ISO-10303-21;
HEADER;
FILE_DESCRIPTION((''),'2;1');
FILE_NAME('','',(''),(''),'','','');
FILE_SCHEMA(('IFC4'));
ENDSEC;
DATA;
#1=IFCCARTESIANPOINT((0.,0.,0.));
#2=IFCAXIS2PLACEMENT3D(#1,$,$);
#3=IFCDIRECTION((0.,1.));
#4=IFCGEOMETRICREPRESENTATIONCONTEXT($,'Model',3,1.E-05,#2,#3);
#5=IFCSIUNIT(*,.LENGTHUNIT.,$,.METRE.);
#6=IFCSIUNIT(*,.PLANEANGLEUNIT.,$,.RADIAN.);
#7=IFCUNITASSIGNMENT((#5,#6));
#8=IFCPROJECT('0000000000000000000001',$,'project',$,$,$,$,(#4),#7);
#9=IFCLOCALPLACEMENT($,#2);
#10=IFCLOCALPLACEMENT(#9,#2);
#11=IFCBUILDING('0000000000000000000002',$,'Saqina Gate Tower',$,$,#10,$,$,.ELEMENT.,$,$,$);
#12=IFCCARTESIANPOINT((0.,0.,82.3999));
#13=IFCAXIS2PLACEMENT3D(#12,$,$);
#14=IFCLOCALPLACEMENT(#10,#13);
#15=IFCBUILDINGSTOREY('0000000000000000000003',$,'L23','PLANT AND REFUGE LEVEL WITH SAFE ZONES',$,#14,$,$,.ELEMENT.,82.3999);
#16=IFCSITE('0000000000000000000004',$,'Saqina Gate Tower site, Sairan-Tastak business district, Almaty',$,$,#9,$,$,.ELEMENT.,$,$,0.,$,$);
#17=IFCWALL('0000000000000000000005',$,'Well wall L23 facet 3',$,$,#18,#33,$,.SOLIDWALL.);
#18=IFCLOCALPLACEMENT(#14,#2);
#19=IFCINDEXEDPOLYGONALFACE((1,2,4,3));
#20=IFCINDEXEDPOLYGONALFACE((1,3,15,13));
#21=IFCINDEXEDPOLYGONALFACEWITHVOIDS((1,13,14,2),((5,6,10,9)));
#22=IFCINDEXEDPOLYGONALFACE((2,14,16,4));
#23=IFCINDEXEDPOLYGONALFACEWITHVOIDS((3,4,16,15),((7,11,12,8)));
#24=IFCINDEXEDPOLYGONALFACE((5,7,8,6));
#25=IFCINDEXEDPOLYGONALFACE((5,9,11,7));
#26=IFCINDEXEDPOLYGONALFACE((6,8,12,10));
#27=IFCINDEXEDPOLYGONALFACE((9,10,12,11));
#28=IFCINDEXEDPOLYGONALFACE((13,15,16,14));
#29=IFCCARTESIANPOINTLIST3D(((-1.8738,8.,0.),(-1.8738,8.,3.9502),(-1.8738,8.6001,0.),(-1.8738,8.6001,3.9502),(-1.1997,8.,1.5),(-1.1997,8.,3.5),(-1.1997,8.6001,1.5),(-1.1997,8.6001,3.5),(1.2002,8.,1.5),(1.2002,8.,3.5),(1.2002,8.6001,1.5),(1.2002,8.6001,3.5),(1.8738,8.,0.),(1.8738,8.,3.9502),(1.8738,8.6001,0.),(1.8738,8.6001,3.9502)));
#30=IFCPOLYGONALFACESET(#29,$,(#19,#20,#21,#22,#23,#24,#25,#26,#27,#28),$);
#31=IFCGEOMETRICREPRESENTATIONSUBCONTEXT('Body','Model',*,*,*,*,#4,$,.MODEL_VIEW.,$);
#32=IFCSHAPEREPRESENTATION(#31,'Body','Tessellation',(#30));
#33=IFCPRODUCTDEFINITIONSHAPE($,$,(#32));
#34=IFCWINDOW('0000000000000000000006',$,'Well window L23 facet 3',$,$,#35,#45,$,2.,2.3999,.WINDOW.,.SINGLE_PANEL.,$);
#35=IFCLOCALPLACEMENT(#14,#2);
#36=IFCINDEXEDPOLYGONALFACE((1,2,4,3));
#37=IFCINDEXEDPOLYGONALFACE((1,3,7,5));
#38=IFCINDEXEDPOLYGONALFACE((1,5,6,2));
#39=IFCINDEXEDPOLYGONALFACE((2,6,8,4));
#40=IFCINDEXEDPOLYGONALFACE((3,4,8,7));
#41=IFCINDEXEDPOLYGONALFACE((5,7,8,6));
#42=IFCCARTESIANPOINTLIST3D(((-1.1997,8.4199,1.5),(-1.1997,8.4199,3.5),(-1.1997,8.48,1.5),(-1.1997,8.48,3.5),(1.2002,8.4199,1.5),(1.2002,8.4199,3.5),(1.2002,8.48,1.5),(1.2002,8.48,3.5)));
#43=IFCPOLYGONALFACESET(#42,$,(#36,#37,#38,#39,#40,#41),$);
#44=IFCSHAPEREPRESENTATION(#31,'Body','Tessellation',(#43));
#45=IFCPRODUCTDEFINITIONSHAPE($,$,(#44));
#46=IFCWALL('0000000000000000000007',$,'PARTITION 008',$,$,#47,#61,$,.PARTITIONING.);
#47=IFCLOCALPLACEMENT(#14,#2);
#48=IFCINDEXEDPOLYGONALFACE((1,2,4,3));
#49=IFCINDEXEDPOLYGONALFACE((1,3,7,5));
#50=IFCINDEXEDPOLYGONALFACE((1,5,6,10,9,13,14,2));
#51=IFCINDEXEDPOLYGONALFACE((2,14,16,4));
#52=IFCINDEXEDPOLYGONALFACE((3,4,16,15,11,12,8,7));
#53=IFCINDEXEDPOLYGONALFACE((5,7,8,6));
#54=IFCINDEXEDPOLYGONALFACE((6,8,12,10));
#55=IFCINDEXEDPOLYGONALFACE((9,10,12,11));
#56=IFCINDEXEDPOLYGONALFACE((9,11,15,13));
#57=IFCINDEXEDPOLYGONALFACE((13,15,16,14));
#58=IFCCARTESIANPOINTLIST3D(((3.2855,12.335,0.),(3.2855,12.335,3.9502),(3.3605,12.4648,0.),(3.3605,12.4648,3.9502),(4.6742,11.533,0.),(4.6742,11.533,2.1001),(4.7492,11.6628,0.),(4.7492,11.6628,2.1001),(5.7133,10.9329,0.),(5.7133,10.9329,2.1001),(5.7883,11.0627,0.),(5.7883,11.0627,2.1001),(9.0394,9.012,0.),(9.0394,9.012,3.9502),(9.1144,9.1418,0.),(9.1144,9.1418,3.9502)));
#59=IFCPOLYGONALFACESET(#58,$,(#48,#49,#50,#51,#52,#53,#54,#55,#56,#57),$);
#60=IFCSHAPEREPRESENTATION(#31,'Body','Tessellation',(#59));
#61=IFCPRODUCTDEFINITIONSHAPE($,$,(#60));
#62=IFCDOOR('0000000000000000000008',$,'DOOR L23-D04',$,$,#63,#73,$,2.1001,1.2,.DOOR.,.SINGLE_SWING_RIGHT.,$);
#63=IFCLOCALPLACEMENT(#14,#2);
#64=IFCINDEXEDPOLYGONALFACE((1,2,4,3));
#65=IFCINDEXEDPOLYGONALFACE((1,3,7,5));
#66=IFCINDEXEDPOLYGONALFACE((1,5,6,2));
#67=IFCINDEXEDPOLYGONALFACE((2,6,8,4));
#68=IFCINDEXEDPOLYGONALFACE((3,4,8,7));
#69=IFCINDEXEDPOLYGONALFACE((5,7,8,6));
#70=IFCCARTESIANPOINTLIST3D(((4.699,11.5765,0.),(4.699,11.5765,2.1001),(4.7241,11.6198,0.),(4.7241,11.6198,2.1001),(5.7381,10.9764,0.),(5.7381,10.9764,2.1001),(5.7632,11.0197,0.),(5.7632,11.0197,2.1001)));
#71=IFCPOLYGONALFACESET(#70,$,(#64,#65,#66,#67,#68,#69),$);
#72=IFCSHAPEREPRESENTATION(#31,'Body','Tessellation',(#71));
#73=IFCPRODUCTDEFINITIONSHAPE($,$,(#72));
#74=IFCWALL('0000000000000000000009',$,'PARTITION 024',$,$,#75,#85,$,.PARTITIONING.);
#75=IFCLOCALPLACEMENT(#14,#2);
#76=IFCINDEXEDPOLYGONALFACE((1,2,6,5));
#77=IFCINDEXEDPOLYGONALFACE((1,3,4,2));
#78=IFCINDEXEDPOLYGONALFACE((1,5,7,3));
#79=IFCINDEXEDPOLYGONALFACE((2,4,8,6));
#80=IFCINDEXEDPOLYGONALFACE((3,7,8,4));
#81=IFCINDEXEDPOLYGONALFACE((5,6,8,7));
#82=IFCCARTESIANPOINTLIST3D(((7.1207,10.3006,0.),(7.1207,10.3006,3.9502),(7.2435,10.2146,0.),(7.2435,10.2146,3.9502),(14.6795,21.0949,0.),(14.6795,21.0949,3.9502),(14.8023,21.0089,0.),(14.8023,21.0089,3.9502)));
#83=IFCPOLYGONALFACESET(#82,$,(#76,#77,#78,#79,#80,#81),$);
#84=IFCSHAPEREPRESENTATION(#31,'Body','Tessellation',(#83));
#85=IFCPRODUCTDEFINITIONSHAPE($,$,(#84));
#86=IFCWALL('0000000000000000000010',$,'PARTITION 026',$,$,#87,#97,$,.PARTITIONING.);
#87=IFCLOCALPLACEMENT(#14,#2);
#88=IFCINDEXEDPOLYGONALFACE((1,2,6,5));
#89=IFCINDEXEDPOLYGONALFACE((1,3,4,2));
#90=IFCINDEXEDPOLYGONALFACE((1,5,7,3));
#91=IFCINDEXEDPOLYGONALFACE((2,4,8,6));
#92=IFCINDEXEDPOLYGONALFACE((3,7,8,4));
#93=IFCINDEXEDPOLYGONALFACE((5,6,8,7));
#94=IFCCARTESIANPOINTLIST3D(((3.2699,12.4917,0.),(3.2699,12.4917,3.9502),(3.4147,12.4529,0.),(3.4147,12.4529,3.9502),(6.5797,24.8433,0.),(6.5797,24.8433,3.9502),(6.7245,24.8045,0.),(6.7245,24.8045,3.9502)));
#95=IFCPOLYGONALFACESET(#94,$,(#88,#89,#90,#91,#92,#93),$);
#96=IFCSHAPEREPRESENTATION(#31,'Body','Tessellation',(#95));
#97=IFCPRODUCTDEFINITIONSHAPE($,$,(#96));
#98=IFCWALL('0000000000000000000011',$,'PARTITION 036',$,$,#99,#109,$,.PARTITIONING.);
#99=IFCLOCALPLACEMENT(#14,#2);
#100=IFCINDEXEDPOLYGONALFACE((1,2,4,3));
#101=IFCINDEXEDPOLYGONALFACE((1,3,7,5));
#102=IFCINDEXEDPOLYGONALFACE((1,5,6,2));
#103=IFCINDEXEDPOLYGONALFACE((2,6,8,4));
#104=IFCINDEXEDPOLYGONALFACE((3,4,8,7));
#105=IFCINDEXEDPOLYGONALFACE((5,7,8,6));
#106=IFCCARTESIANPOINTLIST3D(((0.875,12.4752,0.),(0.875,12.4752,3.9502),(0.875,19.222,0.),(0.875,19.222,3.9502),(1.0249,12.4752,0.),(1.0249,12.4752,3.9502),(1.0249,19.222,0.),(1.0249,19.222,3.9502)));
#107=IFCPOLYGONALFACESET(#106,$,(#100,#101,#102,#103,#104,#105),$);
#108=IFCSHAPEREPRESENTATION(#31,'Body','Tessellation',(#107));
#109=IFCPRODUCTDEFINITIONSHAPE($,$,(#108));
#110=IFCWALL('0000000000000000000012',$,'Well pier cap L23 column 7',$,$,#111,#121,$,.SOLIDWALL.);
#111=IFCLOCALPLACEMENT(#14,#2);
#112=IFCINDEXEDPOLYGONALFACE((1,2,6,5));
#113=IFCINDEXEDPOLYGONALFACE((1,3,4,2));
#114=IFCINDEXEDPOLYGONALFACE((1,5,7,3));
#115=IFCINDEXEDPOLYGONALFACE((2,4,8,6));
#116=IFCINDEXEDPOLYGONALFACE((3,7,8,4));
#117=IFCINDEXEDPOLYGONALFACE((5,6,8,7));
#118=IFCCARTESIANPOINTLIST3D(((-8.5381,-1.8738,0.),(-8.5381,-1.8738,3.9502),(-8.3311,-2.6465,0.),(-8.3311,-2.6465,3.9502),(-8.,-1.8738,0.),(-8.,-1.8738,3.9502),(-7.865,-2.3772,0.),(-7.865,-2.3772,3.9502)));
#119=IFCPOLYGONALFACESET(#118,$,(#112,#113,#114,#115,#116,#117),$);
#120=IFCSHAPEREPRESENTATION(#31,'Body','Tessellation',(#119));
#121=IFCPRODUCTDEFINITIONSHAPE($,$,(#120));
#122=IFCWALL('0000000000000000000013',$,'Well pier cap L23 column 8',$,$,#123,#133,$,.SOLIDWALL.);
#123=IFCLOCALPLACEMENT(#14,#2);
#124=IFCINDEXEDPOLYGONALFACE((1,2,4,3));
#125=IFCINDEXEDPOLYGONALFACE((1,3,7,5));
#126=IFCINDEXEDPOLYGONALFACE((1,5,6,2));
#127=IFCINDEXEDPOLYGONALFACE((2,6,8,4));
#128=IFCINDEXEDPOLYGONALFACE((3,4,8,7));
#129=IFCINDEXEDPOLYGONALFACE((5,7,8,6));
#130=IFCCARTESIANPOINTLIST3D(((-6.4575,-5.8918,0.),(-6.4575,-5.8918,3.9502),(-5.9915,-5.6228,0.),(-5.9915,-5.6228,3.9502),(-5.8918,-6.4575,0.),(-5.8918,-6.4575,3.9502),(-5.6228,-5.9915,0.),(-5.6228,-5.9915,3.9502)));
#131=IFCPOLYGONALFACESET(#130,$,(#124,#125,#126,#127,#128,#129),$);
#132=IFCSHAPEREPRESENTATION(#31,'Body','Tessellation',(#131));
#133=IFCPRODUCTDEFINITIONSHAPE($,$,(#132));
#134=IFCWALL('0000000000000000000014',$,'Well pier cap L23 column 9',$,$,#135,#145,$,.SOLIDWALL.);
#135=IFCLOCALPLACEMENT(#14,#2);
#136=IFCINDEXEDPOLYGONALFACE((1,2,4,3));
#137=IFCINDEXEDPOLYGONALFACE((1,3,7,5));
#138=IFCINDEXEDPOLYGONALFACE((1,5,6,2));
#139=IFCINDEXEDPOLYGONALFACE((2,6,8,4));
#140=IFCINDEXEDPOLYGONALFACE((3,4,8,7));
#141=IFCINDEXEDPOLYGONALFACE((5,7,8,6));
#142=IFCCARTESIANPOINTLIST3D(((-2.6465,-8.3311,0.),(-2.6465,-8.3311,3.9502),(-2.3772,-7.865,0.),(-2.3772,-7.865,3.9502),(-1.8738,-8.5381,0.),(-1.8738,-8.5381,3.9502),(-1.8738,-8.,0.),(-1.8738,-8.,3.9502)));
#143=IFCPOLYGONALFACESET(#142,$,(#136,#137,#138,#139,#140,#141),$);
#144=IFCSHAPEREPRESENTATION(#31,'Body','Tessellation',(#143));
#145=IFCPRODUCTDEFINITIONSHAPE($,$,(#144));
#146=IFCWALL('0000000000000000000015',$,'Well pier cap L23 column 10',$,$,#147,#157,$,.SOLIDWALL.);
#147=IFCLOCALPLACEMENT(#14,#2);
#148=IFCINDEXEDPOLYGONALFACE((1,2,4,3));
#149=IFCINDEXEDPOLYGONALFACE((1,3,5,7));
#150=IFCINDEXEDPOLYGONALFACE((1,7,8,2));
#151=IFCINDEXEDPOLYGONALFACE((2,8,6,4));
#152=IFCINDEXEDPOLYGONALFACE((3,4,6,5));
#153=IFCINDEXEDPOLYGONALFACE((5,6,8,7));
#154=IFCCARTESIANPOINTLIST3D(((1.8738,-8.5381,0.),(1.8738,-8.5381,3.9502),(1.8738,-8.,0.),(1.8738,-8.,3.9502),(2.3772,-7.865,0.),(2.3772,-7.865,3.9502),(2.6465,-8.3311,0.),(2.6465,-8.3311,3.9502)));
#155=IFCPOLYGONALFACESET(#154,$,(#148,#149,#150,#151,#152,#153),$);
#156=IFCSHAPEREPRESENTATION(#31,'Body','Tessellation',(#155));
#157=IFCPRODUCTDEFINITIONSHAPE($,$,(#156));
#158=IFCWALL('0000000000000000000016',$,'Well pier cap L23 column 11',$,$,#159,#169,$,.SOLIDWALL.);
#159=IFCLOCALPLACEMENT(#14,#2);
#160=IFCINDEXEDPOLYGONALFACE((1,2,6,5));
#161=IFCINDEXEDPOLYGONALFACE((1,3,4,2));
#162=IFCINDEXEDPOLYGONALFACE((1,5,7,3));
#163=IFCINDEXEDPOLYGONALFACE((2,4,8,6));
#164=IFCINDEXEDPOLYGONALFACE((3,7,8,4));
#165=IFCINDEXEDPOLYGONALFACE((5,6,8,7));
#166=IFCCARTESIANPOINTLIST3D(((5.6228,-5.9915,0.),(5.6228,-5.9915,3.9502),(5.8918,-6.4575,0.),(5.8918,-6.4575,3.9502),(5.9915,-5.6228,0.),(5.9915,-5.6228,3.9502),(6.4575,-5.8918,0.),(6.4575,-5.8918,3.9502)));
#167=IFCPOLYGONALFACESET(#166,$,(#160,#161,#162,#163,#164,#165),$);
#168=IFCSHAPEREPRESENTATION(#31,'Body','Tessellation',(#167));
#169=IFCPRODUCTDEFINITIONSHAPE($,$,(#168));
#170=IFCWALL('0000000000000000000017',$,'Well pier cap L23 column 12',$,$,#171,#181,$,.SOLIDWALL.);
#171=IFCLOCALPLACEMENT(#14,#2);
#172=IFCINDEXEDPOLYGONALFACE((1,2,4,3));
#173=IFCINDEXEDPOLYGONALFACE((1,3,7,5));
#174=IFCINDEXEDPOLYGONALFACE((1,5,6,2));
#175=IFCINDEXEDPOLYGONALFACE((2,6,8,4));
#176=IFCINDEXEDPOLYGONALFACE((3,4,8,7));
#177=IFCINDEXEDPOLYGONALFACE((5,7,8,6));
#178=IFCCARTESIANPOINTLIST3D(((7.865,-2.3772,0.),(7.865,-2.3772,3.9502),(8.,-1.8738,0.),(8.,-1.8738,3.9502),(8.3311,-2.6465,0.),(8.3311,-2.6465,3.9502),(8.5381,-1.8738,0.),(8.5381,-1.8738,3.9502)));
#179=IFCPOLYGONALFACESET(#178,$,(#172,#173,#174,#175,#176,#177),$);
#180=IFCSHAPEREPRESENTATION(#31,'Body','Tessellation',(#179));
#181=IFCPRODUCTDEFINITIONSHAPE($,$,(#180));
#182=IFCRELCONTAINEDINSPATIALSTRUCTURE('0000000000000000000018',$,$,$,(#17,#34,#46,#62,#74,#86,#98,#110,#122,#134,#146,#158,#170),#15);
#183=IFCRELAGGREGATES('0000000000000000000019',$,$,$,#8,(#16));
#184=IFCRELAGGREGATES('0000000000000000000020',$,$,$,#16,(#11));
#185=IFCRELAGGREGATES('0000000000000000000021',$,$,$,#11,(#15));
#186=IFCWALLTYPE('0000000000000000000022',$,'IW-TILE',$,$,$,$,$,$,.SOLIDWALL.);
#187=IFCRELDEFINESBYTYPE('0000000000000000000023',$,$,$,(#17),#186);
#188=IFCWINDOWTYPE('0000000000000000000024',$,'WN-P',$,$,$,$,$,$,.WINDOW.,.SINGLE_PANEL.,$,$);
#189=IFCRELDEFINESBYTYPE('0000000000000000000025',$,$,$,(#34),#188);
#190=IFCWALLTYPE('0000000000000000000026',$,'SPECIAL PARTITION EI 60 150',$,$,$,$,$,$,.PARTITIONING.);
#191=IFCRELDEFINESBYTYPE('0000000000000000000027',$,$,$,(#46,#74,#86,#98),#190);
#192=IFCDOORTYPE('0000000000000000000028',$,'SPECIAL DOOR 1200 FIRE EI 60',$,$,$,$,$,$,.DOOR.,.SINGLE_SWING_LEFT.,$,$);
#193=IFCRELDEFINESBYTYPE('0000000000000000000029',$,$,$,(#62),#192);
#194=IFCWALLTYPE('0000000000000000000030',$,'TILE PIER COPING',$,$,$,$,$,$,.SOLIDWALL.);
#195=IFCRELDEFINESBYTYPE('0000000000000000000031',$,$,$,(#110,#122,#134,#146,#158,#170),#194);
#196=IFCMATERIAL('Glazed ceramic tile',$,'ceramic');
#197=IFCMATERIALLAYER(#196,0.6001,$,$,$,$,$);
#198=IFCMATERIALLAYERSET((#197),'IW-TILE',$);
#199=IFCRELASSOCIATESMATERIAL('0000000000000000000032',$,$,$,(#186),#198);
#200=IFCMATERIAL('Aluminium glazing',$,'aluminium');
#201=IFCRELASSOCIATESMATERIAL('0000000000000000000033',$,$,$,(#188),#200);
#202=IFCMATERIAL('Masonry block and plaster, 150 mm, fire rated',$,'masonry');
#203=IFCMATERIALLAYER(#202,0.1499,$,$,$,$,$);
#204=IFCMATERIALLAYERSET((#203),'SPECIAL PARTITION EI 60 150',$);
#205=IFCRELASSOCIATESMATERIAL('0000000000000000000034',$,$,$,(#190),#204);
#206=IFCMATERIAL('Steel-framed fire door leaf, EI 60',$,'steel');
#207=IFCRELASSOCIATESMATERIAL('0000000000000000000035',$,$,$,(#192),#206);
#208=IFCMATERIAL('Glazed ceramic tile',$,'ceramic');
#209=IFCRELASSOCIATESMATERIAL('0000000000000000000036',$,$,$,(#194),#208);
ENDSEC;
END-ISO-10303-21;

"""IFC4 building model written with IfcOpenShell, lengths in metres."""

from ifc_helpers import new_model, si_unit, direction, frame, frame_2d, origin, place, context, subcontext, project, spatial, polyline, rectangle, outline, extrude, material, layer, layer_set, type_object, element, fill, save


model = new_model("IFC4")

# Units and contexts
model_context = context("Model", 3, precision=1e-05, world=origin(), true_north=direction((0.0, 1.0)))
body_context = subcontext(model_context, "Body", "Model", "MODEL_VIEW")
ifc_project = project(units=[si_unit("LENGTHUNIT", "METRE"), si_unit("PLANEANGLEUNIT", "RADIAN")], contexts=[model_context])

# Site, building, storey
site_placement = place(None, origin())
site = spatial("IfcSite", under=ifc_project, at=site_placement, Name="Saqina Gate Tower site, Sairan-Tastak business district, Almaty", CompositionType="ELEMENT", RefElevation=0.0)
building_placement = place(site_placement, origin())
building = spatial("IfcBuilding", under=site, at=building_placement, Name="Saqina Gate Tower", CompositionType="ELEMENT")
storey_placement = place(building_placement, frame((0.0, 0.0, 82.3999)))
storey = spatial("IfcBuildingStorey", under=building, at=storey_placement, Name="L23", Description="PLANT AND REFUGE LEVEL WITH SAFE ZONES", CompositionType="ELEMENT", Elevation=82.3999)

# Wall, opening, window
ifc_material_1 = material(Name="Glazed ceramic tile", Category="ceramic")
ifc_layer_1 = layer(ifc_material_1, 0.6001)
ifc_layer_set_1 = layer_set([ifc_layer_1], Name="IW-TILE")
wall_type_1 = type_object("IfcWallType", Name="IW-TILE", PredefinedType="SOLIDWALL", material=ifc_layer_set_1)
ifc_material_2 = material(Name="Aluminium glazing", Category="aluminium")
window_type = type_object("IfcWindowType", Name="WN-P", PartitioningType="SINGLE_PANEL", PredefinedType="WINDOW", material=ifc_material_2)
wall_1_placement = place(storey_placement, frame((1.8738, 8.3, 0.0), z_axis=(0.0, 0.0, 1.0), x_axis=(-1.0, 0.0, 0.0)))
wall_1 = element("IfcWall", 1, at=wall_1_placement, inside=storey, type_object=wall_type_1, Name="Well wall L23 facet 3", PredefinedType="SOLIDWALL", context=body_context, shape_type="SweptSolid", body=[
    extrude(rectangle(XDim=3.7476, YDim=0.6001, at=frame_2d((1.8738, 0.0))), origin(), (0.0, 0.0, 1.0), 3.9502),
])
opening_1_placement = place(wall_1_placement, frame((0.6736, 0.0, 1.5)))
opening_1 = element("IfcOpeningElement", 2, at=opening_1_placement, cuts=wall_1, PredefinedType="OPENING", context=body_context, shape_type="SweptSolid", body=[
    extrude(rectangle(XDim=2.3999, YDim=2.0, at=frame_2d((1.2, 1.0))), frame((0.0, 0.312, 0.0), z_axis=(0.0, -1.0, 0.0), x_axis=(1.0, 0.0, 0.0)), (0.0, 0.0, 1.0), 0.624),
])
window_1_placement = place(opening_1_placement, origin())
window_1 = element("IfcWindow", 3, at=window_1_placement, inside=storey, type_object=window_type, Name="Well window L23 facet 3", OverallHeight=2.0, OverallWidth=2.3999, PartitioningType="SINGLE_PANEL", PredefinedType="WINDOW", context=body_context, shape_type="SweptSolid", body=[
    extrude(rectangle(XDim=2.3999, YDim=2.0, at=frame_2d((1.2, 1.0))), frame((0.0, -0.1199, 0.0), z_axis=(0.0, -1.0, 0.0), x_axis=(1.0, 0.0, 0.0)), (0.0, 0.0, 1.0), 0.0601),
])
fill(opening_1, window_1)

# Wall, opening, door
ifc_material_3 = material(Name="Masonry block and plaster, 150 mm, fire rated", Category="masonry")
ifc_layer_2 = layer(ifc_material_3, 0.1499)
ifc_layer_set_2 = layer_set([ifc_layer_2], Name="SPECIAL PARTITION EI 60 150")
wall_type_2 = type_object("IfcWallType", Name="SPECIAL PARTITION EI 60 150", PredefinedType="PARTITIONING", material=ifc_layer_set_2)
wall_2_placement = place(storey_placement, frame((3.323, 12.3999, 0.0), z_axis=(0.0, 0.0, 1.0), x_axis=(0.865962, -0.50011, 0.0)))
wall_2 = element("IfcWall", 4, at=wall_2_placement, inside=storey, type_object=wall_type_2, Name="PARTITION 008", PredefinedType="PARTITIONING", context=body_context, shape_type="SweptSolid", body=[
    extrude(rectangle(XDim=6.6445, YDim=0.1499, at=frame_2d((3.3223, 0.0))), origin(), (0.0, 0.0, 1.0), 3.9502),
])
opening_2_placement = place(wall_2_placement, frame((1.6035, 0.0, 0.0)))
opening_2 = element("IfcOpeningElement", 5, at=opening_2_placement, cuts=wall_2, PredefinedType="OPENING", context=body_context, shape_type="SweptSolid", body=[
    extrude(rectangle(XDim=1.2, YDim=2.1001, at=frame_2d((0.6001, 1.05))), frame((0.0, 0.0869, 0.0), z_axis=(0.0, -1.0, 0.0), x_axis=(1.0, 0.0, 0.0)), (0.0, 0.0, 1.0), 0.1738),
])
ifc_material_4 = material(Name="Steel-framed fire door leaf, EI 60", Category="steel")
door_type = type_object("IfcDoorType", Name="SPECIAL DOOR 1200 FIRE EI 60", OperationType="SINGLE_SWING_LEFT", PredefinedType="DOOR", material=ifc_material_4)
door_placement = place(opening_2_placement, frame((1.2, 0.0, 0.0), z_axis=(0.0, 0.0, 1.0), x_axis=(-1.0, 0.0, 0.0)))
door = element("IfcDoor", 6, at=door_placement, inside=storey, type_object=door_type, Name="DOOR L23-D04", OperationType="SINGLE_SWING_RIGHT", OverallHeight=2.1001, OverallWidth=1.2, PredefinedType="DOOR", context=body_context, shape_type="SweptSolid", body=[
    extrude(rectangle(XDim=1.2, YDim=2.1001, at=frame_2d((0.6001, 1.05))), frame((0.0, 0.0249, 0.0), z_axis=(0.0, -1.0, 0.0), x_axis=(1.0, 0.0, 0.0)), (0.0, 0.0, 1.0), 0.05),
])
fill(opening_2, door)

# Walls
wall_3_placement = place(storey_placement, frame((7.1821, 10.2576, 0.0), z_axis=(0.0, 0.0, 1.0), x_axis=(0.573602, 0.819134, 0.0)))
element("IfcWall", 7, at=wall_3_placement, inside=storey, type_object=wall_type_2, Name="PARTITION 024", PredefinedType="PARTITIONING", context=body_context, shape_type="SweptSolid", body=[
    extrude(rectangle(XDim=13.1777, YDim=0.1499, at=frame_2d((6.5889, 0.0))), origin(), (0.0, 0.0, 1.0), 3.9502),
])
wall_4_placement = place(storey_placement, frame((3.3423, 12.4724, 0.0), z_axis=(0.0, 0.0, 1.0), x_axis=(0.258835, 0.965921, 0.0)))
element("IfcWall", 8, at=wall_4_placement, inside=storey, type_object=wall_type_2, Name="PARTITION 026", PredefinedType="PARTITIONING", context=body_context, shape_type="SweptSolid", body=[
    extrude(rectangle(XDim=12.7874, YDim=0.1499, at=frame_2d((6.3936, 0.0))), origin(), (0.0, 0.0, 1.0), 3.9502),
])
wall_5_placement = place(storey_placement, frame((0.95, 12.4751, 0.0), z_axis=(0.0, 0.0, 1.0), x_axis=(0.0, 1.0, 0.0)))
element("IfcWall", 9, at=wall_5_placement, inside=storey, type_object=wall_type_2, Name="PARTITION 036", PredefinedType="PARTITIONING", context=body_context, shape_type="SweptSolid", body=[
    extrude(rectangle(XDim=6.7468, YDim=0.1499, at=frame_2d((3.3735, 0.0))), origin(), (0.0, 0.0, 1.0), 3.9502),
])
ifc_material_5 = material(Name="Glazed ceramic tile", Category="ceramic")
wall_type_3 = type_object("IfcWallType", Name="TILE PIER COPING", PredefinedType="SOLIDWALL", material=ifc_material_5)
wall_6_placement = place(storey_placement, origin())
element("IfcWall", 10, at=wall_6_placement, inside=storey, type_object=wall_type_3, Name="Well pier cap L23 column 7", PredefinedType="SOLIDWALL", context=body_context, shape_type="SweptSolid", body=[
    extrude(outline(polyline([(-8.3311, -2.6465), (-7.865, -2.3772), (-8.0, -1.8738), (-8.5381, -1.8738), (-8.3311, -2.6465)])), origin(), (0.0, 0.0, 1.0), 3.9502),
])
wall_7_placement = place(storey_placement, origin())
element("IfcWall", 11, at=wall_7_placement, inside=storey, type_object=wall_type_3, Name="Well pier cap L23 column 8", PredefinedType="SOLIDWALL", context=body_context, shape_type="SweptSolid", body=[
    extrude(outline(polyline([(-6.4575, -5.8918), (-5.8918, -6.4575), (-5.6228, -5.9915), (-5.9915, -5.6228), (-6.4575, -5.8918)])), origin(), (0.0, 0.0, 1.0), 3.9502),
])
wall_8_placement = place(storey_placement, origin())
element("IfcWall", 12, at=wall_8_placement, inside=storey, type_object=wall_type_3, Name="Well pier cap L23 column 9", PredefinedType="SOLIDWALL", context=body_context, shape_type="SweptSolid", body=[
    extrude(outline(polyline([(-1.8738, -8.5381), (-1.8738, -8.0), (-2.3772, -7.865), (-2.6465, -8.3311), (-1.8738, -8.5381)])), origin(), (0.0, 0.0, 1.0), 3.9502),
])
wall_9_placement = place(storey_placement, origin())
element("IfcWall", 13, at=wall_9_placement, inside=storey, type_object=wall_type_3, Name="Well pier cap L23 column 10", PredefinedType="SOLIDWALL", context=body_context, shape_type="SweptSolid", body=[
    extrude(outline(polyline([(2.6465, -8.3311), (2.3772, -7.865), (1.8738, -8.0), (1.8738, -8.5381), (2.6465, -8.3311)])), origin(), (0.0, 0.0, 1.0), 3.9502),
])
wall_10_placement = place(storey_placement, origin())
element("IfcWall", 14, at=wall_10_placement, inside=storey, type_object=wall_type_3, Name="Well pier cap L23 column 11", PredefinedType="SOLIDWALL", context=body_context, shape_type="SweptSolid", body=[
    extrude(outline(polyline([(5.8918, -6.4575), (6.4575, -5.8918), (5.9915, -5.6228), (5.6228, -5.9915), (5.8918, -6.4575)])), origin(), (0.0, 0.0, 1.0), 3.9502),
])
wall_11_placement = place(storey_placement, origin())
element("IfcWall", 15, at=wall_11_placement, inside=storey, type_object=wall_type_3, Name="Well pier cap L23 column 12", PredefinedType="SOLIDWALL", context=body_context, shape_type="SweptSolid", body=[
    extrude(outline(polyline([(8.5381, -1.8738), (8.0, -1.8738), (7.865, -2.3772), (8.3311, -2.6465), (8.5381, -1.8738)])), origin(), (0.0, 0.0, 1.0), 3.9502),
])

save(model, "model.ifc")
